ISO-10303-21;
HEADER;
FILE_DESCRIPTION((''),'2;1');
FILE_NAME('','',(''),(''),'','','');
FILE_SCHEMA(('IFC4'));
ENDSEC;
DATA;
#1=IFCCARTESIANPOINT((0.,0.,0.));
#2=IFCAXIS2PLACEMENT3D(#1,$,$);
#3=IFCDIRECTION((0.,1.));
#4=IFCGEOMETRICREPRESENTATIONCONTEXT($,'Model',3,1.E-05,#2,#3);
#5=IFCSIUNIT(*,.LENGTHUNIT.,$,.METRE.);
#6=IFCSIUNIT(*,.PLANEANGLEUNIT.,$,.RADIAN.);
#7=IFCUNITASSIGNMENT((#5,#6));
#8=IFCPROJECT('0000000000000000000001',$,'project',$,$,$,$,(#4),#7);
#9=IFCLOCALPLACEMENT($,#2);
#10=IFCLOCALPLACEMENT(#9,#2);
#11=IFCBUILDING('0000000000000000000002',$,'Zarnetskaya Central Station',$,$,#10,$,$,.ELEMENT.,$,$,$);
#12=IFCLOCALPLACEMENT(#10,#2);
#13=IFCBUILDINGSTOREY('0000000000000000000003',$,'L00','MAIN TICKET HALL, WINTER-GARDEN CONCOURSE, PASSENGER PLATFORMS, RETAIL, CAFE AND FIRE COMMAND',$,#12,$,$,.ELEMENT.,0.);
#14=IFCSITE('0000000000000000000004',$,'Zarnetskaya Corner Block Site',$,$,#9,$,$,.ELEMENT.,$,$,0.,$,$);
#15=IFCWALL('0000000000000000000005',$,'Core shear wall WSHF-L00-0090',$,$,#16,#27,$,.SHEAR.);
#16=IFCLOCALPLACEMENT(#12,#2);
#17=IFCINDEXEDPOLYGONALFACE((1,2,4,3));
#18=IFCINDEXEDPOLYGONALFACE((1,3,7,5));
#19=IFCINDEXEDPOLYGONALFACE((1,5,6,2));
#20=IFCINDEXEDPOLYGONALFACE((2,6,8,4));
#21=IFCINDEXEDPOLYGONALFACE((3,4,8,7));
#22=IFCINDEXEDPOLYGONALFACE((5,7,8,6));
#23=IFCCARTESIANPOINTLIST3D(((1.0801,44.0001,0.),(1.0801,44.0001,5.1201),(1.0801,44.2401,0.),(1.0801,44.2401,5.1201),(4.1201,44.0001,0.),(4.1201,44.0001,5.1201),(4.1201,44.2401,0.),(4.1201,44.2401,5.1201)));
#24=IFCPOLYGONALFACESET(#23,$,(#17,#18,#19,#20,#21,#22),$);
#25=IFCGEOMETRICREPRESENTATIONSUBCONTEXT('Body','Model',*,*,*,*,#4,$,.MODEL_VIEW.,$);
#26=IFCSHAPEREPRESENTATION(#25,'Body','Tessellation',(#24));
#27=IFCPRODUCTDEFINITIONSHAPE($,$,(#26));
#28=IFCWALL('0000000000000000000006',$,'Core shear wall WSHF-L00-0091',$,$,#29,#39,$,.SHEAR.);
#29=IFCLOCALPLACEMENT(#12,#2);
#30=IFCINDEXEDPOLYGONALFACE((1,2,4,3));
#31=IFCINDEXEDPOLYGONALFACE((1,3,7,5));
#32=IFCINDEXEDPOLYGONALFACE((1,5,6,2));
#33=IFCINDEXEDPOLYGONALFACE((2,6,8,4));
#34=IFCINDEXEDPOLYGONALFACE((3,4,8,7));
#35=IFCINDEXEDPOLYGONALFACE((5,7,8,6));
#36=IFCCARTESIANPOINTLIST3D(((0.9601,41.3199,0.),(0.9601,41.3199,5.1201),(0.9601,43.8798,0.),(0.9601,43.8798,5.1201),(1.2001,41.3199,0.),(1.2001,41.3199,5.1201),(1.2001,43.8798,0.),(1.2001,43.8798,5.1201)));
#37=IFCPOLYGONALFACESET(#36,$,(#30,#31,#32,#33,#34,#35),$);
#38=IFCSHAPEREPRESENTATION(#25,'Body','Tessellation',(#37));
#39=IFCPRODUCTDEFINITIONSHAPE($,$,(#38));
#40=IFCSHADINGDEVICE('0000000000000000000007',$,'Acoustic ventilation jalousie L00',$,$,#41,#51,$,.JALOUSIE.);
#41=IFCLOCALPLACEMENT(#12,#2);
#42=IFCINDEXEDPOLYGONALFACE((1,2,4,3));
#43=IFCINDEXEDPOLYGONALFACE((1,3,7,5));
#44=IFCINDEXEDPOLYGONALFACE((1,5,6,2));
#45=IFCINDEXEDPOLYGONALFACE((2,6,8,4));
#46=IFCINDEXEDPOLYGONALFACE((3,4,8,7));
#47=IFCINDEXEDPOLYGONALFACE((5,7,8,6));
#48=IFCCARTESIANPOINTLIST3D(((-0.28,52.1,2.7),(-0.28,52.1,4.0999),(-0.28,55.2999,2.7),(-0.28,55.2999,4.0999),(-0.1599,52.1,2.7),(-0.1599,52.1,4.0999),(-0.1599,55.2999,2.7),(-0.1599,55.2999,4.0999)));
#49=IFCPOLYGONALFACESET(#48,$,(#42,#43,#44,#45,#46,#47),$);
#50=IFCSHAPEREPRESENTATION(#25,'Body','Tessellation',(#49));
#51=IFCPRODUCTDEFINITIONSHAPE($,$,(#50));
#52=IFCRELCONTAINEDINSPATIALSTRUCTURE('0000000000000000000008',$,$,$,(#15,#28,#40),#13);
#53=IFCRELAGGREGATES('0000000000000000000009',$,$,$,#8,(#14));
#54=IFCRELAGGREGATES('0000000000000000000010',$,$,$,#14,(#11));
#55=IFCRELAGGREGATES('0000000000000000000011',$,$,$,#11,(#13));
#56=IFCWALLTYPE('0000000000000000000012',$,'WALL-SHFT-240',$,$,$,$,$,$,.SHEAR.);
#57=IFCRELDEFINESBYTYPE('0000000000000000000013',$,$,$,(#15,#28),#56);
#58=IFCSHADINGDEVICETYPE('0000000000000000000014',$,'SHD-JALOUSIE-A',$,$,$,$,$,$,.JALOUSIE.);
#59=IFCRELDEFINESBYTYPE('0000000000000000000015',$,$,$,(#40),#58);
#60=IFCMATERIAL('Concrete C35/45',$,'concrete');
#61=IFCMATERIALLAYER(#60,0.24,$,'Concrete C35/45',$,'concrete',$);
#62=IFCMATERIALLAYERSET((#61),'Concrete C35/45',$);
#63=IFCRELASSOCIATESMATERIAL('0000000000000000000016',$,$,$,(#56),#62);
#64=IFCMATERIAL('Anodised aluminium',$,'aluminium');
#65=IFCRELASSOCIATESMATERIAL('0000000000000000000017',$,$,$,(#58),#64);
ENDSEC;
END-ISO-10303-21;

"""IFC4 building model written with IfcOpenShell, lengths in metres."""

from ifc_helpers import new_model, si_unit, direction, frame, frame_2d, origin, origin_2d, place, context, subcontext, project, spatial, rectangle, extrude, material, layer, layer_set, type_object, element, save


model = new_model("IFC4")

# Units and contexts
model_context = context("Model", 3, precision=1e-05, world=origin(), true_north=direction((0.0, 1.0)))
body_context = subcontext(model_context, "Body", "Model", "MODEL_VIEW")
ifc_project = project(units=[si_unit("LENGTHUNIT", "METRE"), si_unit("PLANEANGLEUNIT", "RADIAN")], contexts=[model_context])

# Site, building, storey
site_placement = place(None, origin())
site = spatial("IfcSite", under=ifc_project, at=site_placement, Name="Zarnetskaya Corner Block Site", CompositionType="ELEMENT", RefElevation=0.0)
building_placement = place(site_placement, origin())
building = spatial("IfcBuilding", under=site, at=building_placement, Name="Zarnetskaya Central Station", CompositionType="ELEMENT")
storey_placement = place(building_placement, origin())
storey = spatial("IfcBuildingStorey", under=building, at=storey_placement, Name="L00", Description="MAIN TICKET HALL, WINTER-GARDEN CONCOURSE, PASSENGER PLATFORMS, RETAIL, CAFE AND FIRE COMMAND", CompositionType="ELEMENT", Elevation=0.0)

# Shared definitions
ifc_material_1 = material(Name="Anodised aluminium", Category="aluminium")

# Walls
ifc_material_2 = material(Name="Concrete C35/45", Category="concrete")
ifc_layer_1 = layer(ifc_material_2, 0.24, Name="Concrete C35/45", Category="concrete")
ifc_layer_set_1 = layer_set([ifc_layer_1], Name="Concrete C35/45")
wall_type_1 = type_object("IfcWallType", Name="WALL-SHFT-240", PredefinedType="SHEAR", material=ifc_layer_set_1)
for number, where, z_axis, x_axis, name in (
    (1, (1.0801, 44.1201, 0.0), (0.0, 0.0, 1.0), (1.0, 0.0, 0.0), "Core shear wall WSHF-L00-0090"),
):
    element("IfcWall", number, at=place(storey_placement, frame(where, z_axis=z_axis, x_axis=x_axis)), inside=storey, type_object=wall_type_1, Name=name, PredefinedType="SHEAR", context=body_context, shape_type="SweptSolid", body=[
        extrude(rectangle(XDim=3.04, YDim=0.24, at=frame_2d((1.52, 0.0))), origin(), (0.0, 0.0, 1.0), 5.1201),
    ])
wall_1_placement = place(storey_placement, frame((1.0801, 41.3201, 0.0), z_axis=(0.0, 0.0, 1.0), x_axis=(0.0, 1.0, 0.0)))
element("IfcWall", 2, at=wall_1_placement, inside=storey, type_object=wall_type_1, Name="Core shear wall WSHF-L00-0091", PredefinedType="SHEAR", context=body_context, shape_type="SweptSolid", body=[
    extrude(rectangle(XDim=2.5598, YDim=0.24, at=frame_2d((1.2798, 0.0))), origin(), (0.0, 0.0, 1.0), 5.1201),
])

# Shading device
shading_device_type = type_object("IfcShadingDeviceType", Name="SHD-JALOUSIE-A", PredefinedType="JALOUSIE", material=ifc_material_1)
shading_device_placement = place(storey_placement, frame((-0.22, 53.7, 2.7), z_axis=(0.0, 0.0, 1.0), x_axis=(0.0, 1.0, 0.0)))
element("IfcShadingDevice", 3, at=shading_device_placement, inside=storey, type_object=shading_device_type, Name="Acoustic ventilation jalousie L00", PredefinedType="JALOUSIE", context=body_context, shape_type="SweptSolid", body=[
    extrude(rectangle(XDim=3.2, YDim=0.1201, at=origin_2d()), origin(), (0.0, 0.0, 1.0), 1.3999),
])

save(model, "model.ifc")
